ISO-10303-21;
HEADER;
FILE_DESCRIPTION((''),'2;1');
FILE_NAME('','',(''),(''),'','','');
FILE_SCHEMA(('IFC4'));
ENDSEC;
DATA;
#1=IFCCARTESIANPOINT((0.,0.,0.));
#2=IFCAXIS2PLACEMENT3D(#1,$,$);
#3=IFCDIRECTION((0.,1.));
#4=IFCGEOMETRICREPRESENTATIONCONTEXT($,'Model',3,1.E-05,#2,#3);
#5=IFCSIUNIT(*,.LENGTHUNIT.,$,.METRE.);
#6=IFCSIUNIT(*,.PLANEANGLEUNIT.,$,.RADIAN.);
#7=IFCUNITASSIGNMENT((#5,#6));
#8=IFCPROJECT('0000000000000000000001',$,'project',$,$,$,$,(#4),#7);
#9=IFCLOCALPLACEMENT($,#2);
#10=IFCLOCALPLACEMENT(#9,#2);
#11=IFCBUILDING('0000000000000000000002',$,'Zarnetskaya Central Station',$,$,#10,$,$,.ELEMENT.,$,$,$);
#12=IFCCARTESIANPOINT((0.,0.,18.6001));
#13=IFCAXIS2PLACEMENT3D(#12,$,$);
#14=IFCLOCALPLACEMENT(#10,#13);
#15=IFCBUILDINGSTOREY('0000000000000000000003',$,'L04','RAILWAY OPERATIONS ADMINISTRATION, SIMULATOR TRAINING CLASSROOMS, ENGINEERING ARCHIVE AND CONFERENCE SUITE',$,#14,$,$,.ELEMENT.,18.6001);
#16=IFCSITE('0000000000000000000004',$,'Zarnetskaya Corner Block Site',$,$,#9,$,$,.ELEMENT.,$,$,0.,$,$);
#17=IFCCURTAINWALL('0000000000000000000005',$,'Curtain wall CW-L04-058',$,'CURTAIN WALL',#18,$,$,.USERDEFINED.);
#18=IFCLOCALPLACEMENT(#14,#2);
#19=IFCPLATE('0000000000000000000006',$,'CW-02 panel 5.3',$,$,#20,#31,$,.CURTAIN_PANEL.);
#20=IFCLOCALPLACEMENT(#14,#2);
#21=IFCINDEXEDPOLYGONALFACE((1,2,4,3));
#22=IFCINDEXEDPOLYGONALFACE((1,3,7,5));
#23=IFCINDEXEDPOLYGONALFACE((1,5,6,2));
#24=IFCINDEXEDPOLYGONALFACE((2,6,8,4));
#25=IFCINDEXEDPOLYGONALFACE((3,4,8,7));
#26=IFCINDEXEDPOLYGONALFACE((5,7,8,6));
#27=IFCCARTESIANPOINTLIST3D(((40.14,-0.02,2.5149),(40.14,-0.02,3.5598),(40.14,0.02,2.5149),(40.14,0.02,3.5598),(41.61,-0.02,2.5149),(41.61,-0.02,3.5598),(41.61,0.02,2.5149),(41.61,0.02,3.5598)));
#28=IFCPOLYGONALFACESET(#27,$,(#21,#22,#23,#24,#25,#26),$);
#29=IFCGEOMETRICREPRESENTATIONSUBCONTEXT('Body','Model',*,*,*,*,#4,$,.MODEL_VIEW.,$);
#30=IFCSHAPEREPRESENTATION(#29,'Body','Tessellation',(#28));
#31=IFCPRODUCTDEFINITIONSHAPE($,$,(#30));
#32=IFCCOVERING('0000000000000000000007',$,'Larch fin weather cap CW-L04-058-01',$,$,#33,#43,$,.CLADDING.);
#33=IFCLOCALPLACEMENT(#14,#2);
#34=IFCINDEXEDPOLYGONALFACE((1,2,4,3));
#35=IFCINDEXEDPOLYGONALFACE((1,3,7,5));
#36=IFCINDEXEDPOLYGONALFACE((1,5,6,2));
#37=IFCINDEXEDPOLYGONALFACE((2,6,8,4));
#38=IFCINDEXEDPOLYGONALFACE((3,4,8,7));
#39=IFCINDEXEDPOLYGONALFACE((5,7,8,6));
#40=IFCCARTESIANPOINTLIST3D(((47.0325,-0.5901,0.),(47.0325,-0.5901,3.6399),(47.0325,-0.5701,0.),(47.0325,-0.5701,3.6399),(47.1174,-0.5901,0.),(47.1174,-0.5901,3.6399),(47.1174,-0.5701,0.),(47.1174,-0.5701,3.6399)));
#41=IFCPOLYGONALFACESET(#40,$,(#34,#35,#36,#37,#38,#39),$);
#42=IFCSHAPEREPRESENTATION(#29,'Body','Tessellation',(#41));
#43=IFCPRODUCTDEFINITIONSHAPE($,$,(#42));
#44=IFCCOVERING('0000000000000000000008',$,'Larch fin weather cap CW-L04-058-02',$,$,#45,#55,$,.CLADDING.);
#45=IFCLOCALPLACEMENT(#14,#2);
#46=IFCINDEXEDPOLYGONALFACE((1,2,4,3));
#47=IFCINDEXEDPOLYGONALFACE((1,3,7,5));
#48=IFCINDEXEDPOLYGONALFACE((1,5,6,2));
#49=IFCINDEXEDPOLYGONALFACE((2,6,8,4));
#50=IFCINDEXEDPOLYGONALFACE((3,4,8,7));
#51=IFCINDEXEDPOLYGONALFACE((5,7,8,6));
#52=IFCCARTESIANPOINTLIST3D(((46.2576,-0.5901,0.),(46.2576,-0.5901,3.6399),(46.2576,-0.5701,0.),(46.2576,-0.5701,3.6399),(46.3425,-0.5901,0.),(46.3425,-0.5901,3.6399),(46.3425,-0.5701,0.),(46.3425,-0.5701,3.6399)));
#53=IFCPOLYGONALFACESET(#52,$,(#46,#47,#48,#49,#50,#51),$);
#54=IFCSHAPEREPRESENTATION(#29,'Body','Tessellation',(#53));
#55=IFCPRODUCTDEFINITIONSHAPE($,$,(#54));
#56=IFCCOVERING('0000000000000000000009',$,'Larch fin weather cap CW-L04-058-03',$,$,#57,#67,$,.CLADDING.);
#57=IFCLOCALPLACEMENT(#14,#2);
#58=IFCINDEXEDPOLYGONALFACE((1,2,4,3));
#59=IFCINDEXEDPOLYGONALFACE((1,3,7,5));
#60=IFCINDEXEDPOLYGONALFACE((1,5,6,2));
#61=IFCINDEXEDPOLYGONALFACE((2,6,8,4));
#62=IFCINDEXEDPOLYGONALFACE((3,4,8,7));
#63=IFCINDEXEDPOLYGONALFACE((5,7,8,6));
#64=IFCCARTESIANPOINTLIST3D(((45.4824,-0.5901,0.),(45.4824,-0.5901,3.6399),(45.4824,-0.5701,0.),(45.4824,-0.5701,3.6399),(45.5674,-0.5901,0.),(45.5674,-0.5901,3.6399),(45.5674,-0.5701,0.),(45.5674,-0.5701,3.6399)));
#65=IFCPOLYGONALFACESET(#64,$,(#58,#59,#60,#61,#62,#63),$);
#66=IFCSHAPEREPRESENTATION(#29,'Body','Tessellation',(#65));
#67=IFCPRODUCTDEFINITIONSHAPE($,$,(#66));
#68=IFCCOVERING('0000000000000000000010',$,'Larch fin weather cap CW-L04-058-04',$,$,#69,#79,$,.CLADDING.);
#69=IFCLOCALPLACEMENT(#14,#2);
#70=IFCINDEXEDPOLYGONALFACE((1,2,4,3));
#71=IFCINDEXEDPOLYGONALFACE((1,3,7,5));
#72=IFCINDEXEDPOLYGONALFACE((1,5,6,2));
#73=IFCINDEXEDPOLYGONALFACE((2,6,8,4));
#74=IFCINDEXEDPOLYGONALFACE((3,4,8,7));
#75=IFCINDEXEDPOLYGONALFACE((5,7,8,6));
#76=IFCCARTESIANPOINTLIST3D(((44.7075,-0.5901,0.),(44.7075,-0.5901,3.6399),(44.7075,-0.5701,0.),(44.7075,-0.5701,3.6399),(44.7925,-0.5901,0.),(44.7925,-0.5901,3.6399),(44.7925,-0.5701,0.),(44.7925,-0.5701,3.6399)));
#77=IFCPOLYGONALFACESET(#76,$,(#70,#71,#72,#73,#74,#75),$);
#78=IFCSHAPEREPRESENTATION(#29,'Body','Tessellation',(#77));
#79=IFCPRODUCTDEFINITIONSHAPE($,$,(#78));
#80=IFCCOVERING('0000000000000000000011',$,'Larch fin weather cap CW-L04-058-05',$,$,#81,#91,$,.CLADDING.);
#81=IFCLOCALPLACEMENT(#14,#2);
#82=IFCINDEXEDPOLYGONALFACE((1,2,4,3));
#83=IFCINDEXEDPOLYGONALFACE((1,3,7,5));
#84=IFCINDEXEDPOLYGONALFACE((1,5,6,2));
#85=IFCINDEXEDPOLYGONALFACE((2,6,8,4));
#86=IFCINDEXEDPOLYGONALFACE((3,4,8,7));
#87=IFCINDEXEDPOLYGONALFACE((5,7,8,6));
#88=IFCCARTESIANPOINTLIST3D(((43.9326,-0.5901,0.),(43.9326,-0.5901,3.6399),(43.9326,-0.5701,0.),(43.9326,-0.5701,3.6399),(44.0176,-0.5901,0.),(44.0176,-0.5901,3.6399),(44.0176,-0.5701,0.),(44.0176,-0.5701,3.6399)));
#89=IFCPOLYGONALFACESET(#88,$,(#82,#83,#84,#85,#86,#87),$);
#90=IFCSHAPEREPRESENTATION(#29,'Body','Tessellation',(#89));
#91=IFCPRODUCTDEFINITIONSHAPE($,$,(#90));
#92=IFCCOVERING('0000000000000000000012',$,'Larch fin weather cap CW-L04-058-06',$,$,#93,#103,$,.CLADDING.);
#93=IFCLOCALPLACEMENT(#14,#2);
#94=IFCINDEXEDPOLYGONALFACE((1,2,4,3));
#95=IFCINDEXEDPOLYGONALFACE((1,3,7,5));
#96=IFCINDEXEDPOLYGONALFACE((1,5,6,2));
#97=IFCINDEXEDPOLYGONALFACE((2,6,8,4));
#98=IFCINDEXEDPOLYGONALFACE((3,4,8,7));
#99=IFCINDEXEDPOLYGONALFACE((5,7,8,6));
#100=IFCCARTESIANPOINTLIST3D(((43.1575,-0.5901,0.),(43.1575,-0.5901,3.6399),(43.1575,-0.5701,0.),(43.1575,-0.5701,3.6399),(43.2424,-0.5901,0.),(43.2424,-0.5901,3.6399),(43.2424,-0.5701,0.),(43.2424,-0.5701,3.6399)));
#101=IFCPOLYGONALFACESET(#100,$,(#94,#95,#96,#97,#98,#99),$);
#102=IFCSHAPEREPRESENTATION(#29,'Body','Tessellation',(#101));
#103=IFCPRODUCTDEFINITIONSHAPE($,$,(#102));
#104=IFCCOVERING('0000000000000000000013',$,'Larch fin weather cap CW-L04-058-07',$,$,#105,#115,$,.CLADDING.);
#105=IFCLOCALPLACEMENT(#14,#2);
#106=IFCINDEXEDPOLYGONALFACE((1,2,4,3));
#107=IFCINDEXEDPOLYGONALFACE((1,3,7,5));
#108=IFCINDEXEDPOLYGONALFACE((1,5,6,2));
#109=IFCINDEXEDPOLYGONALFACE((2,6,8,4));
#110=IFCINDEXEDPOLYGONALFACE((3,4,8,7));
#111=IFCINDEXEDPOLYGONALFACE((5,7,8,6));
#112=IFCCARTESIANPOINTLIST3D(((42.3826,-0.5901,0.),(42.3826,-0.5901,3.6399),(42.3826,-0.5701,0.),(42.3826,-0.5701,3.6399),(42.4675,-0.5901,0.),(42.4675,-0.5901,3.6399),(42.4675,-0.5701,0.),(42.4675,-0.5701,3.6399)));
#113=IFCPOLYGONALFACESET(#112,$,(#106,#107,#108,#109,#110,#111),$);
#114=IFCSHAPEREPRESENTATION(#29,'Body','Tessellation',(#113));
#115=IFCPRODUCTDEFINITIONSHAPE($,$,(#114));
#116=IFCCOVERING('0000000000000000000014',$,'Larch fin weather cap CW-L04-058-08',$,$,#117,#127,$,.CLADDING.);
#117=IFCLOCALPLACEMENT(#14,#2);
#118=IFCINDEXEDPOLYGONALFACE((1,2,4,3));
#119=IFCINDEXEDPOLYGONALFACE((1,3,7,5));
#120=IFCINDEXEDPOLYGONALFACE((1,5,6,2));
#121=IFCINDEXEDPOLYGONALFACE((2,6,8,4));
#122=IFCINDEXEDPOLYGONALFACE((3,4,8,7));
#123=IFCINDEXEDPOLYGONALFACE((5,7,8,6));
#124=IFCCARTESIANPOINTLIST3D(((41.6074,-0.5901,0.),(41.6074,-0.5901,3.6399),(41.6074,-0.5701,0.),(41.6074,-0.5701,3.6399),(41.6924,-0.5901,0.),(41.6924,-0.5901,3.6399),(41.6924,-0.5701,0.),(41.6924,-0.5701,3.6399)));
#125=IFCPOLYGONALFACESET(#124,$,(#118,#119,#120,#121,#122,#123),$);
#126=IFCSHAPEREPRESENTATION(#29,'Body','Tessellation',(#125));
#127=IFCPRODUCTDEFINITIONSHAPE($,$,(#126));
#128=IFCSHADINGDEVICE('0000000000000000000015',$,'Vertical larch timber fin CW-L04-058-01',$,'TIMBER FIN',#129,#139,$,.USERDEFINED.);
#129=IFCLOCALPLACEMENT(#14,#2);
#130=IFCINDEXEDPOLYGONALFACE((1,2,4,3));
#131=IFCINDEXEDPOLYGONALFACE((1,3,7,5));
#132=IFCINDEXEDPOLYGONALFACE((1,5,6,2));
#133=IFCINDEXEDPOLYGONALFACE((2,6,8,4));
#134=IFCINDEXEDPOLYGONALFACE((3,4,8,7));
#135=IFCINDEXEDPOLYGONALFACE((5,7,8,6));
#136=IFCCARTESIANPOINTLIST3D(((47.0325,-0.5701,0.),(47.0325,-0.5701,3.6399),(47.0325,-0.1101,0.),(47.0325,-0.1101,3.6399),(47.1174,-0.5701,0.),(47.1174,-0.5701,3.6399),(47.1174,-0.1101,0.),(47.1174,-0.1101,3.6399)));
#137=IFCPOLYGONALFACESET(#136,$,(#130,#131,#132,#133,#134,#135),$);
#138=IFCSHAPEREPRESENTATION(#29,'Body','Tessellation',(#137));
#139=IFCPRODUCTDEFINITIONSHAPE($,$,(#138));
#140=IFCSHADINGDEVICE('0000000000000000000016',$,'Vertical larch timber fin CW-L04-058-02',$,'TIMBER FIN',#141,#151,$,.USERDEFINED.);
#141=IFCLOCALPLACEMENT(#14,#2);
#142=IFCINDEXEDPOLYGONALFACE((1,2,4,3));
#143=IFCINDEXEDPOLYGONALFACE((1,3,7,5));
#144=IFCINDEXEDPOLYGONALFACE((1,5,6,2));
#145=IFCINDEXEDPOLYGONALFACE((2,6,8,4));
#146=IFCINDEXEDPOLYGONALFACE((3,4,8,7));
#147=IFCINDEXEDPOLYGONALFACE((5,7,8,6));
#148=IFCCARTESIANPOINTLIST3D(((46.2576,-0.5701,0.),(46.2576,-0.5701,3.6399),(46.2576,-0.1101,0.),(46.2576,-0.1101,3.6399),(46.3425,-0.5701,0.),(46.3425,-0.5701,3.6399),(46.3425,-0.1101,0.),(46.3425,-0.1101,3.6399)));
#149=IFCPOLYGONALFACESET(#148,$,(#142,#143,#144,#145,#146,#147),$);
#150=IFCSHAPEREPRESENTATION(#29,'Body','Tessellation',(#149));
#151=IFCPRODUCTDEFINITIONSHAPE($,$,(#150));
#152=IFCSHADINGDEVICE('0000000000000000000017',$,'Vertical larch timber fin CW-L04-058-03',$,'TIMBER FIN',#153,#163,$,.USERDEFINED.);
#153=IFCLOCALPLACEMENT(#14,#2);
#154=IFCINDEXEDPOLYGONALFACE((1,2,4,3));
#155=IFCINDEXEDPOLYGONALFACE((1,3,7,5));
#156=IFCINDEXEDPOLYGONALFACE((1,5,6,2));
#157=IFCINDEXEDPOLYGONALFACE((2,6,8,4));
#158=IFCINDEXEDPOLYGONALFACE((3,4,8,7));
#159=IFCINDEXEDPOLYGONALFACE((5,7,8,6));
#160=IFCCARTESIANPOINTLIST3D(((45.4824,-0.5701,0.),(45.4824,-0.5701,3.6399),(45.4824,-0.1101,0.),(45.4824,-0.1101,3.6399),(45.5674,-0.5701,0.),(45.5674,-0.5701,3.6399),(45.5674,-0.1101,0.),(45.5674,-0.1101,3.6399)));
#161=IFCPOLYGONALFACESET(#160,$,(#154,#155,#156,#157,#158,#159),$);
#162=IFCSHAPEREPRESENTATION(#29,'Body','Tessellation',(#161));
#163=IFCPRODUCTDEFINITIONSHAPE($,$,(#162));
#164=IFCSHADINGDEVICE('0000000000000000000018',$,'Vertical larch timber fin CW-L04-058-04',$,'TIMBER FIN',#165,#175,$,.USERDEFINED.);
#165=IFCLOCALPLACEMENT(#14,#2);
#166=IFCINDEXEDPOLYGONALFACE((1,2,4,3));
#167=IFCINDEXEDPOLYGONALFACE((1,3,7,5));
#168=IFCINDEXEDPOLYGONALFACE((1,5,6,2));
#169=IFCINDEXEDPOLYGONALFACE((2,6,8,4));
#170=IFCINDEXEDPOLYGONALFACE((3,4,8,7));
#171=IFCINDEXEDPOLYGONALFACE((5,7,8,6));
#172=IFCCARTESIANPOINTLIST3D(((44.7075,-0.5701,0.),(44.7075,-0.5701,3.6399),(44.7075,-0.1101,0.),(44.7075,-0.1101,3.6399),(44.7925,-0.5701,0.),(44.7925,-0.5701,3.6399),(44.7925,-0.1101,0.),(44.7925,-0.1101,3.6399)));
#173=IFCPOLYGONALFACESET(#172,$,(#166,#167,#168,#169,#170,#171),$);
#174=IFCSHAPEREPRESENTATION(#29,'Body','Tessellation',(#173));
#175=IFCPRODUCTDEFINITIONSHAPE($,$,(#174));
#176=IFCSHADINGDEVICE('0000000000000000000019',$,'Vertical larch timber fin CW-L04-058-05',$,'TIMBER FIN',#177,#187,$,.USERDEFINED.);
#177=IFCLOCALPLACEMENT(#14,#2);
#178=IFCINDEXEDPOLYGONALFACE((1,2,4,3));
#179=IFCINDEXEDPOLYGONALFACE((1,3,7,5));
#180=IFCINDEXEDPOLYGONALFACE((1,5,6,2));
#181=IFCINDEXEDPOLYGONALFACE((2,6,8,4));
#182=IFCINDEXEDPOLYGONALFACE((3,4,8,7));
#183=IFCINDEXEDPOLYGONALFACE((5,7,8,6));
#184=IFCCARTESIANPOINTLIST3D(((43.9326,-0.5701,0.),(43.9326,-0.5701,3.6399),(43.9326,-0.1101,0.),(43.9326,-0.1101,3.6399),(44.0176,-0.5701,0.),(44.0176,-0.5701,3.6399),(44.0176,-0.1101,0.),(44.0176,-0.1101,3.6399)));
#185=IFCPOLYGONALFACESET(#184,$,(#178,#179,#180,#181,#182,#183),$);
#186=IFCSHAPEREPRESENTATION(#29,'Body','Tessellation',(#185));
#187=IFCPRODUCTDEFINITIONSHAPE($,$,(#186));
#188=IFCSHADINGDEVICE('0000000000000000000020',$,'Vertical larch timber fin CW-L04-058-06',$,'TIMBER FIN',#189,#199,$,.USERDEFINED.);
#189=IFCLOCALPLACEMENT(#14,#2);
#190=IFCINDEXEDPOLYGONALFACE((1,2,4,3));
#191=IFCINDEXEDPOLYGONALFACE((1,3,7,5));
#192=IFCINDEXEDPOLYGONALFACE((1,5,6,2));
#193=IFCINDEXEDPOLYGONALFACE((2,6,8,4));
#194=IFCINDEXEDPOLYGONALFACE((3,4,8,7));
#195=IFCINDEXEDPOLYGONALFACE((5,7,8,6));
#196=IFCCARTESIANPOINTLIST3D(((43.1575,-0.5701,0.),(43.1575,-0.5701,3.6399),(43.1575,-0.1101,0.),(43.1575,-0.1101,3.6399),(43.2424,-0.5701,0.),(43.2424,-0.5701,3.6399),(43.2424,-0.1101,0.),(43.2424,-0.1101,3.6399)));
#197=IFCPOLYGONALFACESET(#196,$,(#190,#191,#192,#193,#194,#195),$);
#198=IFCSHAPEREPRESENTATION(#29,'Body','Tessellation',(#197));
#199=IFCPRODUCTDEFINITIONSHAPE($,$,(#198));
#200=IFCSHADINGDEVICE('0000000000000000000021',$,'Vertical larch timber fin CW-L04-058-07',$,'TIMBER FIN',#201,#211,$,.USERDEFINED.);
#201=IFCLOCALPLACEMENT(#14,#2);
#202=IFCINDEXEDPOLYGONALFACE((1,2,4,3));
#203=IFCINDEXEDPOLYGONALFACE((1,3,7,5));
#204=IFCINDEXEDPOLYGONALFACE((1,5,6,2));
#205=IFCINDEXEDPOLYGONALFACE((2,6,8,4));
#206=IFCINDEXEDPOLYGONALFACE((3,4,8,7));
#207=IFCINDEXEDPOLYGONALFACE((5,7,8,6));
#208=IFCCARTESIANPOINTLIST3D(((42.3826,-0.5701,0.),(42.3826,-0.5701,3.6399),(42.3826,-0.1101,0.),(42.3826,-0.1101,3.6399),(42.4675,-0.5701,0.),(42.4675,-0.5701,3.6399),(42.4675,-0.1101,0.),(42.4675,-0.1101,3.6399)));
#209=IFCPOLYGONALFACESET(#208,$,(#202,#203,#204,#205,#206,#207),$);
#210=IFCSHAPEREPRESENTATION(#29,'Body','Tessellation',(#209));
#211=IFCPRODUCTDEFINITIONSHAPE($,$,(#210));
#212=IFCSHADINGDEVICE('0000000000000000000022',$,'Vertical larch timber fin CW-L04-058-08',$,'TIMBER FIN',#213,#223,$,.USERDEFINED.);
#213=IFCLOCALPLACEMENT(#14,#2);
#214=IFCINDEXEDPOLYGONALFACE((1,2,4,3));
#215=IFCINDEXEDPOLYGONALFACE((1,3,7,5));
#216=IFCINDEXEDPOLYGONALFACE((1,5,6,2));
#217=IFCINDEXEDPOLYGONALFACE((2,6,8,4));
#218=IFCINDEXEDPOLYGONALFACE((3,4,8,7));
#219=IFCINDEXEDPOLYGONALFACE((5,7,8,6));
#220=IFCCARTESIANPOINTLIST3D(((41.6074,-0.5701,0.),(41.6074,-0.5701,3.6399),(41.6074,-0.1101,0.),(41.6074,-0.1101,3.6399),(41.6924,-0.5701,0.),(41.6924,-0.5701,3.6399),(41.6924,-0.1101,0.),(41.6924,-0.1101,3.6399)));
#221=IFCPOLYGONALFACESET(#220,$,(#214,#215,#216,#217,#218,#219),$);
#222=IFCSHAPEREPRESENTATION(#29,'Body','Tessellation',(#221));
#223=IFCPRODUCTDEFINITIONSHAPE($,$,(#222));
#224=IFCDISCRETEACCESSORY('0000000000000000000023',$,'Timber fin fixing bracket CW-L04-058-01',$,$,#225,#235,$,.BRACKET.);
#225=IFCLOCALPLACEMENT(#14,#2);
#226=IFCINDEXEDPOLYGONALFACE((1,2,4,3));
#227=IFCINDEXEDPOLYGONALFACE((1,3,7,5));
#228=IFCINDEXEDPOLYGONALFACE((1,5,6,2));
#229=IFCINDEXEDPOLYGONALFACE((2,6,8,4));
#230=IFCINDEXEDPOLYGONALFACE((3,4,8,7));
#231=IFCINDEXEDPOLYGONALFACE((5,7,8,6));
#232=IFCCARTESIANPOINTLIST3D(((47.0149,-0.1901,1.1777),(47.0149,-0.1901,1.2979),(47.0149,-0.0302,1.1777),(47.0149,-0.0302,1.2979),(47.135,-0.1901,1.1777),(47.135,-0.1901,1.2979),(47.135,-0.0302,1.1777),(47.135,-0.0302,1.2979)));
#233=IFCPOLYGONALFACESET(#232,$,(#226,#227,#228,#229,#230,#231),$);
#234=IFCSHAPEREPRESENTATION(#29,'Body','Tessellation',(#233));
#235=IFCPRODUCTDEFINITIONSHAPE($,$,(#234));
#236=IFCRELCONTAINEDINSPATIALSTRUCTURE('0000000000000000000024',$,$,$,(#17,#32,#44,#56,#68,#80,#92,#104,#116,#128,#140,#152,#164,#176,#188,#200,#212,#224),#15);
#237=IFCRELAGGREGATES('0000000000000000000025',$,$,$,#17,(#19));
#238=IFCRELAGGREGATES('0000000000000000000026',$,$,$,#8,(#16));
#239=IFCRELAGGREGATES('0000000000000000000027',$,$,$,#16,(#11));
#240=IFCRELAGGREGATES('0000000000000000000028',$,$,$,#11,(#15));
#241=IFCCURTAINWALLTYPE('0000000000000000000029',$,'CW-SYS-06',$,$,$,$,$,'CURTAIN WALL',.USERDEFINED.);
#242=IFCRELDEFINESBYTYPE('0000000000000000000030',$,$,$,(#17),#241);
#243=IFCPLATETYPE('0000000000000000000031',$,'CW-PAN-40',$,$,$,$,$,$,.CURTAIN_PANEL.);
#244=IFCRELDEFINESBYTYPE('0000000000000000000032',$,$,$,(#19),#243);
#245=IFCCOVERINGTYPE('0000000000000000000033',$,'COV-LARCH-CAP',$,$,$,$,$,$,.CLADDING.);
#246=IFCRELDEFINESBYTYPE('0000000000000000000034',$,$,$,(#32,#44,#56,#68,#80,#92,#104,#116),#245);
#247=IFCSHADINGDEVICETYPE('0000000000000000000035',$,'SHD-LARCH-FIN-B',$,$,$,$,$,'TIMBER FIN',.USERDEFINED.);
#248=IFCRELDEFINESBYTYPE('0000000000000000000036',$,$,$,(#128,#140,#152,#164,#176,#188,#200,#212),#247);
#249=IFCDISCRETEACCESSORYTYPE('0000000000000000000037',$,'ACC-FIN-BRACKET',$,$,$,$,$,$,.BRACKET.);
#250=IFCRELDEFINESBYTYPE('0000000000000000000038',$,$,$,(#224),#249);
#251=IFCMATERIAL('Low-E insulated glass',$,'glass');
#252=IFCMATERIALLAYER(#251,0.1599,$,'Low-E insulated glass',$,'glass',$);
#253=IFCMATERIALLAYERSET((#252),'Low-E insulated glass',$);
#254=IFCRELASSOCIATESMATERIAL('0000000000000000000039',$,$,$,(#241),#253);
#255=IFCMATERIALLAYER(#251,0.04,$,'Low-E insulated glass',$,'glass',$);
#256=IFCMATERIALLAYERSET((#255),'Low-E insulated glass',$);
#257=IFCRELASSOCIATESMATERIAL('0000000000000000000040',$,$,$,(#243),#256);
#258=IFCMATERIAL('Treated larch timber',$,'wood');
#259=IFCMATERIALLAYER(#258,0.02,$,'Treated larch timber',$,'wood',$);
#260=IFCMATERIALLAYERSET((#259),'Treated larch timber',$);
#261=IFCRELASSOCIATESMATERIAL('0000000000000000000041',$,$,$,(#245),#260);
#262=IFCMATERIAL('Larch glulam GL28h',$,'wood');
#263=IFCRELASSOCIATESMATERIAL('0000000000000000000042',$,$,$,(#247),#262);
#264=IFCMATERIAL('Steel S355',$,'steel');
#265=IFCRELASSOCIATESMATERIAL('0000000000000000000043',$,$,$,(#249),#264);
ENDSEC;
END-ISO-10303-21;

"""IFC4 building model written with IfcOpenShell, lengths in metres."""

from ifc_helpers import new_model, si_unit, direction, frame, origin, origin_2d, place, context, subcontext, project, spatial, rectangle, extrude, material, layer, layer_set, type_object, element, aggregate, save


model = new_model("IFC4")

# Units and contexts
model_context = context("Model", 3, precision=1e-05, world=origin(), true_north=direction((0.0, 1.0)))
body_context = subcontext(model_context, "Body", "Model", "MODEL_VIEW")
ifc_project = project(units=[si_unit("LENGTHUNIT", "METRE"), si_unit("PLANEANGLEUNIT", "RADIAN")], contexts=[model_context])

# Site, building, storey
site_placement = place(None, origin())
site = spatial("IfcSite", under=ifc_project, at=site_placement, Name="Zarnetskaya Corner Block Site", CompositionType="ELEMENT", RefElevation=0.0)
building_placement = place(site_placement, origin())
building = spatial("IfcBuilding", under=site, at=building_placement, Name="Zarnetskaya Central Station", CompositionType="ELEMENT")
storey_placement = place(building_placement, frame((0.0, 0.0, 18.6001)))
storey = spatial("IfcBuildingStorey", under=building, at=storey_placement, Name="L04", Description="RAILWAY OPERATIONS ADMINISTRATION, SIMULATOR TRAINING CLASSROOMS, ENGINEERING ARCHIVE AND CONFERENCE SUITE", CompositionType="ELEMENT", Elevation=18.6001)

# Curtain wall, plate
ifc_material_1 = material(Name="Low-E insulated glass", Category="glass")
ifc_layer_1 = layer(ifc_material_1, 0.1599, Name="Low-E insulated glass", Category="glass")
ifc_layer_set_1 = layer_set([ifc_layer_1], Name="Low-E insulated glass")
curtain_wall_type = type_object("IfcCurtainWallType", Name="CW-SYS-06", ElementType="CURTAIN WALL", PredefinedType="USERDEFINED", material=ifc_layer_set_1)
curtain_wall_placement = place(storey_placement, origin())
curtain_wall = element("IfcCurtainWall", 1, at=curtain_wall_placement, inside=storey, type_object=curtain_wall_type, Name="Curtain wall CW-L04-058", ObjectType="CURTAIN WALL", PredefinedType="USERDEFINED")
ifc_layer_2 = layer(ifc_material_1, 0.04, Name="Low-E insulated glass", Category="glass")
ifc_layer_set_2 = layer_set([ifc_layer_2], Name="Low-E insulated glass")
plate_type = type_object("IfcPlateType", Name="CW-PAN-40", PredefinedType="CURTAIN_PANEL", material=ifc_layer_set_2)
plate_1_placement = place(storey_placement, frame((40.875, 0.0, 2.5149), z_axis=(0.0, 0.0, 1.0), x_axis=(-1.0, 0.0, 0.0)))
plate_1 = element("IfcPlate", 2, at=plate_1_placement, type_object=plate_type, Name="CW-02 panel 5.3", PredefinedType="CURTAIN_PANEL", context=body_context, shape_type="SweptSolid", body=[
    extrude(rectangle(XDim=1.47, YDim=0.04, at=origin_2d()), origin(), (0.0, 0.0, 1.0), 1.0449),
])
aggregate(curtain_wall, [plate_1])

# Coverings
ifc_material_2 = material(Name="Treated larch timber", Category="wood")
ifc_layer_3 = layer(ifc_material_2, 0.02, Name="Treated larch timber", Category="wood")
ifc_layer_set_3 = layer_set([ifc_layer_3], Name="Treated larch timber")
covering_type = type_object("IfcCoveringType", Name="COV-LARCH-CAP", PredefinedType="CLADDING", material=ifc_layer_set_3)
for number, where, z_axis, x_axis, name in (
    (3, (47.075, -0.5801, 0.0), (0.0, 0.0, 1.0), (-1.0, 0.0, 0.0), "Larch fin weather cap CW-L04-058-01"),
    (4, (46.3, -0.5801, 0.0), (0.0, 0.0, 1.0), (-1.0, 0.0, 0.0), "Larch fin weather cap CW-L04-058-02"),
    (5, (45.5249, -0.5801, 0.0), (0.0, 0.0, 1.0), (-1.0, 0.0, 0.0), "Larch fin weather cap CW-L04-058-03"),
    (6, (44.75, -0.5801, 0.0), (0.0, 0.0, 1.0), (-1.0, 0.0, 0.0), "Larch fin weather cap CW-L04-058-04"),
    (7, (43.9751, -0.5801, 0.0), (0.0, 0.0, 1.0), (-1.0, 0.0, 0.0), "Larch fin weather cap CW-L04-058-05"),
    (8, (43.2, -0.5801, 0.0), (0.0, 0.0, 1.0), (-1.0, 0.0, 0.0), "Larch fin weather cap CW-L04-058-06"),
    (9, (42.425, -0.5801, 0.0), (0.0, 0.0, 1.0), (-1.0, 0.0, 0.0), "Larch fin weather cap CW-L04-058-07"),
    (10, (41.6499, -0.5801, 0.0), (0.0, 0.0, 1.0), (-1.0, 0.0, 0.0), "Larch fin weather cap CW-L04-058-08"),
):
    element("IfcCovering", number, at=place(storey_placement, frame(where, z_axis=z_axis, x_axis=x_axis)), inside=storey, type_object=covering_type, Name=name, PredefinedType="CLADDING", context=body_context, shape_type="SweptSolid", body=[
        extrude(rectangle(XDim=0.085, YDim=0.02, at=origin_2d()), origin(), (0.0, 0.0, 1.0), 3.6399),
    ])

# Shading devices
ifc_material_3 = material(Name="Larch glulam GL28h", Category="wood")
shading_device_type = type_object("IfcShadingDeviceType", Name="SHD-LARCH-FIN-B", ElementType="TIMBER FIN", PredefinedType="USERDEFINED", material=ifc_material_3)
for number, where, z_axis, x_axis, name in (
    (11, (47.075, -0.3401, 0.0), (0.0, 0.0, 1.0), (-1.0, 0.0, 0.0), "Vertical larch timber fin CW-L04-058-01"),
    (12, (46.3, -0.3401, 0.0), (0.0, 0.0, 1.0), (-1.0, 0.0, 0.0), "Vertical larch timber fin CW-L04-058-02"),
    (13, (45.5249, -0.3401, 0.0), (0.0, 0.0, 1.0), (-1.0, 0.0, 0.0), "Vertical larch timber fin CW-L04-058-03"),
    (14, (44.75, -0.3401, 0.0), (0.0, 0.0, 1.0), (-1.0, 0.0, 0.0), "Vertical larch timber fin CW-L04-058-04"),
    (15, (43.9751, -0.3401, 0.0), (0.0, 0.0, 1.0), (-1.0, 0.0, 0.0), "Vertical larch timber fin CW-L04-058-05"),
    (16, (43.2, -0.3401, 0.0), (0.0, 0.0, 1.0), (-1.0, 0.0, 0.0), "Vertical larch timber fin CW-L04-058-06"),
    (17, (42.425, -0.3401, 0.0), (0.0, 0.0, 1.0), (-1.0, 0.0, 0.0), "Vertical larch timber fin CW-L04-058-07"),
    (18, (41.6499, -0.3401, 0.0), (0.0, 0.0, 1.0), (-1.0, 0.0, 0.0), "Vertical larch timber fin CW-L04-058-08"),
):
    element("IfcShadingDevice", number, at=place(storey_placement, frame(where, z_axis=z_axis, x_axis=x_axis)), inside=storey, type_object=shading_device_type, Name=name, ObjectType="TIMBER FIN", PredefinedType="USERDEFINED", context=body_context, shape_type="SweptSolid", body=[
        extrude(rectangle(XDim=0.085, YDim=0.46, at=origin_2d()), origin(), (0.0, 0.0, 1.0), 3.6399),
    ])

# Discrete accessory
ifc_material_4 = material(Name="Steel S355", Category="steel")
discrete_accessory_type = type_object("IfcDiscreteAccessoryType", Name="ACC-FIN-BRACKET", PredefinedType="BRACKET", material=ifc_material_4)
for number, where, z_axis, x_axis, name in (
    (19, (47.075, -0.1101, 1.1777), (0.0, 0.0, 1.0), (-1.0, 0.0, 0.0), "Timber fin fixing bracket CW-L04-058-01"),
):
    element("IfcDiscreteAccessory", number, at=place(storey_placement, frame(where, z_axis=z_axis, x_axis=x_axis)), inside=storey, type_object=discrete_accessory_type, Name=name, PredefinedType="BRACKET", context=body_context, shape_type="SweptSolid", body=[
        extrude(rectangle(XDim=0.1201, YDim=0.1599, at=origin_2d()), origin(), (0.0, 0.0, 1.0), 0.1201),
    ])

save(model, "model.ifc")
